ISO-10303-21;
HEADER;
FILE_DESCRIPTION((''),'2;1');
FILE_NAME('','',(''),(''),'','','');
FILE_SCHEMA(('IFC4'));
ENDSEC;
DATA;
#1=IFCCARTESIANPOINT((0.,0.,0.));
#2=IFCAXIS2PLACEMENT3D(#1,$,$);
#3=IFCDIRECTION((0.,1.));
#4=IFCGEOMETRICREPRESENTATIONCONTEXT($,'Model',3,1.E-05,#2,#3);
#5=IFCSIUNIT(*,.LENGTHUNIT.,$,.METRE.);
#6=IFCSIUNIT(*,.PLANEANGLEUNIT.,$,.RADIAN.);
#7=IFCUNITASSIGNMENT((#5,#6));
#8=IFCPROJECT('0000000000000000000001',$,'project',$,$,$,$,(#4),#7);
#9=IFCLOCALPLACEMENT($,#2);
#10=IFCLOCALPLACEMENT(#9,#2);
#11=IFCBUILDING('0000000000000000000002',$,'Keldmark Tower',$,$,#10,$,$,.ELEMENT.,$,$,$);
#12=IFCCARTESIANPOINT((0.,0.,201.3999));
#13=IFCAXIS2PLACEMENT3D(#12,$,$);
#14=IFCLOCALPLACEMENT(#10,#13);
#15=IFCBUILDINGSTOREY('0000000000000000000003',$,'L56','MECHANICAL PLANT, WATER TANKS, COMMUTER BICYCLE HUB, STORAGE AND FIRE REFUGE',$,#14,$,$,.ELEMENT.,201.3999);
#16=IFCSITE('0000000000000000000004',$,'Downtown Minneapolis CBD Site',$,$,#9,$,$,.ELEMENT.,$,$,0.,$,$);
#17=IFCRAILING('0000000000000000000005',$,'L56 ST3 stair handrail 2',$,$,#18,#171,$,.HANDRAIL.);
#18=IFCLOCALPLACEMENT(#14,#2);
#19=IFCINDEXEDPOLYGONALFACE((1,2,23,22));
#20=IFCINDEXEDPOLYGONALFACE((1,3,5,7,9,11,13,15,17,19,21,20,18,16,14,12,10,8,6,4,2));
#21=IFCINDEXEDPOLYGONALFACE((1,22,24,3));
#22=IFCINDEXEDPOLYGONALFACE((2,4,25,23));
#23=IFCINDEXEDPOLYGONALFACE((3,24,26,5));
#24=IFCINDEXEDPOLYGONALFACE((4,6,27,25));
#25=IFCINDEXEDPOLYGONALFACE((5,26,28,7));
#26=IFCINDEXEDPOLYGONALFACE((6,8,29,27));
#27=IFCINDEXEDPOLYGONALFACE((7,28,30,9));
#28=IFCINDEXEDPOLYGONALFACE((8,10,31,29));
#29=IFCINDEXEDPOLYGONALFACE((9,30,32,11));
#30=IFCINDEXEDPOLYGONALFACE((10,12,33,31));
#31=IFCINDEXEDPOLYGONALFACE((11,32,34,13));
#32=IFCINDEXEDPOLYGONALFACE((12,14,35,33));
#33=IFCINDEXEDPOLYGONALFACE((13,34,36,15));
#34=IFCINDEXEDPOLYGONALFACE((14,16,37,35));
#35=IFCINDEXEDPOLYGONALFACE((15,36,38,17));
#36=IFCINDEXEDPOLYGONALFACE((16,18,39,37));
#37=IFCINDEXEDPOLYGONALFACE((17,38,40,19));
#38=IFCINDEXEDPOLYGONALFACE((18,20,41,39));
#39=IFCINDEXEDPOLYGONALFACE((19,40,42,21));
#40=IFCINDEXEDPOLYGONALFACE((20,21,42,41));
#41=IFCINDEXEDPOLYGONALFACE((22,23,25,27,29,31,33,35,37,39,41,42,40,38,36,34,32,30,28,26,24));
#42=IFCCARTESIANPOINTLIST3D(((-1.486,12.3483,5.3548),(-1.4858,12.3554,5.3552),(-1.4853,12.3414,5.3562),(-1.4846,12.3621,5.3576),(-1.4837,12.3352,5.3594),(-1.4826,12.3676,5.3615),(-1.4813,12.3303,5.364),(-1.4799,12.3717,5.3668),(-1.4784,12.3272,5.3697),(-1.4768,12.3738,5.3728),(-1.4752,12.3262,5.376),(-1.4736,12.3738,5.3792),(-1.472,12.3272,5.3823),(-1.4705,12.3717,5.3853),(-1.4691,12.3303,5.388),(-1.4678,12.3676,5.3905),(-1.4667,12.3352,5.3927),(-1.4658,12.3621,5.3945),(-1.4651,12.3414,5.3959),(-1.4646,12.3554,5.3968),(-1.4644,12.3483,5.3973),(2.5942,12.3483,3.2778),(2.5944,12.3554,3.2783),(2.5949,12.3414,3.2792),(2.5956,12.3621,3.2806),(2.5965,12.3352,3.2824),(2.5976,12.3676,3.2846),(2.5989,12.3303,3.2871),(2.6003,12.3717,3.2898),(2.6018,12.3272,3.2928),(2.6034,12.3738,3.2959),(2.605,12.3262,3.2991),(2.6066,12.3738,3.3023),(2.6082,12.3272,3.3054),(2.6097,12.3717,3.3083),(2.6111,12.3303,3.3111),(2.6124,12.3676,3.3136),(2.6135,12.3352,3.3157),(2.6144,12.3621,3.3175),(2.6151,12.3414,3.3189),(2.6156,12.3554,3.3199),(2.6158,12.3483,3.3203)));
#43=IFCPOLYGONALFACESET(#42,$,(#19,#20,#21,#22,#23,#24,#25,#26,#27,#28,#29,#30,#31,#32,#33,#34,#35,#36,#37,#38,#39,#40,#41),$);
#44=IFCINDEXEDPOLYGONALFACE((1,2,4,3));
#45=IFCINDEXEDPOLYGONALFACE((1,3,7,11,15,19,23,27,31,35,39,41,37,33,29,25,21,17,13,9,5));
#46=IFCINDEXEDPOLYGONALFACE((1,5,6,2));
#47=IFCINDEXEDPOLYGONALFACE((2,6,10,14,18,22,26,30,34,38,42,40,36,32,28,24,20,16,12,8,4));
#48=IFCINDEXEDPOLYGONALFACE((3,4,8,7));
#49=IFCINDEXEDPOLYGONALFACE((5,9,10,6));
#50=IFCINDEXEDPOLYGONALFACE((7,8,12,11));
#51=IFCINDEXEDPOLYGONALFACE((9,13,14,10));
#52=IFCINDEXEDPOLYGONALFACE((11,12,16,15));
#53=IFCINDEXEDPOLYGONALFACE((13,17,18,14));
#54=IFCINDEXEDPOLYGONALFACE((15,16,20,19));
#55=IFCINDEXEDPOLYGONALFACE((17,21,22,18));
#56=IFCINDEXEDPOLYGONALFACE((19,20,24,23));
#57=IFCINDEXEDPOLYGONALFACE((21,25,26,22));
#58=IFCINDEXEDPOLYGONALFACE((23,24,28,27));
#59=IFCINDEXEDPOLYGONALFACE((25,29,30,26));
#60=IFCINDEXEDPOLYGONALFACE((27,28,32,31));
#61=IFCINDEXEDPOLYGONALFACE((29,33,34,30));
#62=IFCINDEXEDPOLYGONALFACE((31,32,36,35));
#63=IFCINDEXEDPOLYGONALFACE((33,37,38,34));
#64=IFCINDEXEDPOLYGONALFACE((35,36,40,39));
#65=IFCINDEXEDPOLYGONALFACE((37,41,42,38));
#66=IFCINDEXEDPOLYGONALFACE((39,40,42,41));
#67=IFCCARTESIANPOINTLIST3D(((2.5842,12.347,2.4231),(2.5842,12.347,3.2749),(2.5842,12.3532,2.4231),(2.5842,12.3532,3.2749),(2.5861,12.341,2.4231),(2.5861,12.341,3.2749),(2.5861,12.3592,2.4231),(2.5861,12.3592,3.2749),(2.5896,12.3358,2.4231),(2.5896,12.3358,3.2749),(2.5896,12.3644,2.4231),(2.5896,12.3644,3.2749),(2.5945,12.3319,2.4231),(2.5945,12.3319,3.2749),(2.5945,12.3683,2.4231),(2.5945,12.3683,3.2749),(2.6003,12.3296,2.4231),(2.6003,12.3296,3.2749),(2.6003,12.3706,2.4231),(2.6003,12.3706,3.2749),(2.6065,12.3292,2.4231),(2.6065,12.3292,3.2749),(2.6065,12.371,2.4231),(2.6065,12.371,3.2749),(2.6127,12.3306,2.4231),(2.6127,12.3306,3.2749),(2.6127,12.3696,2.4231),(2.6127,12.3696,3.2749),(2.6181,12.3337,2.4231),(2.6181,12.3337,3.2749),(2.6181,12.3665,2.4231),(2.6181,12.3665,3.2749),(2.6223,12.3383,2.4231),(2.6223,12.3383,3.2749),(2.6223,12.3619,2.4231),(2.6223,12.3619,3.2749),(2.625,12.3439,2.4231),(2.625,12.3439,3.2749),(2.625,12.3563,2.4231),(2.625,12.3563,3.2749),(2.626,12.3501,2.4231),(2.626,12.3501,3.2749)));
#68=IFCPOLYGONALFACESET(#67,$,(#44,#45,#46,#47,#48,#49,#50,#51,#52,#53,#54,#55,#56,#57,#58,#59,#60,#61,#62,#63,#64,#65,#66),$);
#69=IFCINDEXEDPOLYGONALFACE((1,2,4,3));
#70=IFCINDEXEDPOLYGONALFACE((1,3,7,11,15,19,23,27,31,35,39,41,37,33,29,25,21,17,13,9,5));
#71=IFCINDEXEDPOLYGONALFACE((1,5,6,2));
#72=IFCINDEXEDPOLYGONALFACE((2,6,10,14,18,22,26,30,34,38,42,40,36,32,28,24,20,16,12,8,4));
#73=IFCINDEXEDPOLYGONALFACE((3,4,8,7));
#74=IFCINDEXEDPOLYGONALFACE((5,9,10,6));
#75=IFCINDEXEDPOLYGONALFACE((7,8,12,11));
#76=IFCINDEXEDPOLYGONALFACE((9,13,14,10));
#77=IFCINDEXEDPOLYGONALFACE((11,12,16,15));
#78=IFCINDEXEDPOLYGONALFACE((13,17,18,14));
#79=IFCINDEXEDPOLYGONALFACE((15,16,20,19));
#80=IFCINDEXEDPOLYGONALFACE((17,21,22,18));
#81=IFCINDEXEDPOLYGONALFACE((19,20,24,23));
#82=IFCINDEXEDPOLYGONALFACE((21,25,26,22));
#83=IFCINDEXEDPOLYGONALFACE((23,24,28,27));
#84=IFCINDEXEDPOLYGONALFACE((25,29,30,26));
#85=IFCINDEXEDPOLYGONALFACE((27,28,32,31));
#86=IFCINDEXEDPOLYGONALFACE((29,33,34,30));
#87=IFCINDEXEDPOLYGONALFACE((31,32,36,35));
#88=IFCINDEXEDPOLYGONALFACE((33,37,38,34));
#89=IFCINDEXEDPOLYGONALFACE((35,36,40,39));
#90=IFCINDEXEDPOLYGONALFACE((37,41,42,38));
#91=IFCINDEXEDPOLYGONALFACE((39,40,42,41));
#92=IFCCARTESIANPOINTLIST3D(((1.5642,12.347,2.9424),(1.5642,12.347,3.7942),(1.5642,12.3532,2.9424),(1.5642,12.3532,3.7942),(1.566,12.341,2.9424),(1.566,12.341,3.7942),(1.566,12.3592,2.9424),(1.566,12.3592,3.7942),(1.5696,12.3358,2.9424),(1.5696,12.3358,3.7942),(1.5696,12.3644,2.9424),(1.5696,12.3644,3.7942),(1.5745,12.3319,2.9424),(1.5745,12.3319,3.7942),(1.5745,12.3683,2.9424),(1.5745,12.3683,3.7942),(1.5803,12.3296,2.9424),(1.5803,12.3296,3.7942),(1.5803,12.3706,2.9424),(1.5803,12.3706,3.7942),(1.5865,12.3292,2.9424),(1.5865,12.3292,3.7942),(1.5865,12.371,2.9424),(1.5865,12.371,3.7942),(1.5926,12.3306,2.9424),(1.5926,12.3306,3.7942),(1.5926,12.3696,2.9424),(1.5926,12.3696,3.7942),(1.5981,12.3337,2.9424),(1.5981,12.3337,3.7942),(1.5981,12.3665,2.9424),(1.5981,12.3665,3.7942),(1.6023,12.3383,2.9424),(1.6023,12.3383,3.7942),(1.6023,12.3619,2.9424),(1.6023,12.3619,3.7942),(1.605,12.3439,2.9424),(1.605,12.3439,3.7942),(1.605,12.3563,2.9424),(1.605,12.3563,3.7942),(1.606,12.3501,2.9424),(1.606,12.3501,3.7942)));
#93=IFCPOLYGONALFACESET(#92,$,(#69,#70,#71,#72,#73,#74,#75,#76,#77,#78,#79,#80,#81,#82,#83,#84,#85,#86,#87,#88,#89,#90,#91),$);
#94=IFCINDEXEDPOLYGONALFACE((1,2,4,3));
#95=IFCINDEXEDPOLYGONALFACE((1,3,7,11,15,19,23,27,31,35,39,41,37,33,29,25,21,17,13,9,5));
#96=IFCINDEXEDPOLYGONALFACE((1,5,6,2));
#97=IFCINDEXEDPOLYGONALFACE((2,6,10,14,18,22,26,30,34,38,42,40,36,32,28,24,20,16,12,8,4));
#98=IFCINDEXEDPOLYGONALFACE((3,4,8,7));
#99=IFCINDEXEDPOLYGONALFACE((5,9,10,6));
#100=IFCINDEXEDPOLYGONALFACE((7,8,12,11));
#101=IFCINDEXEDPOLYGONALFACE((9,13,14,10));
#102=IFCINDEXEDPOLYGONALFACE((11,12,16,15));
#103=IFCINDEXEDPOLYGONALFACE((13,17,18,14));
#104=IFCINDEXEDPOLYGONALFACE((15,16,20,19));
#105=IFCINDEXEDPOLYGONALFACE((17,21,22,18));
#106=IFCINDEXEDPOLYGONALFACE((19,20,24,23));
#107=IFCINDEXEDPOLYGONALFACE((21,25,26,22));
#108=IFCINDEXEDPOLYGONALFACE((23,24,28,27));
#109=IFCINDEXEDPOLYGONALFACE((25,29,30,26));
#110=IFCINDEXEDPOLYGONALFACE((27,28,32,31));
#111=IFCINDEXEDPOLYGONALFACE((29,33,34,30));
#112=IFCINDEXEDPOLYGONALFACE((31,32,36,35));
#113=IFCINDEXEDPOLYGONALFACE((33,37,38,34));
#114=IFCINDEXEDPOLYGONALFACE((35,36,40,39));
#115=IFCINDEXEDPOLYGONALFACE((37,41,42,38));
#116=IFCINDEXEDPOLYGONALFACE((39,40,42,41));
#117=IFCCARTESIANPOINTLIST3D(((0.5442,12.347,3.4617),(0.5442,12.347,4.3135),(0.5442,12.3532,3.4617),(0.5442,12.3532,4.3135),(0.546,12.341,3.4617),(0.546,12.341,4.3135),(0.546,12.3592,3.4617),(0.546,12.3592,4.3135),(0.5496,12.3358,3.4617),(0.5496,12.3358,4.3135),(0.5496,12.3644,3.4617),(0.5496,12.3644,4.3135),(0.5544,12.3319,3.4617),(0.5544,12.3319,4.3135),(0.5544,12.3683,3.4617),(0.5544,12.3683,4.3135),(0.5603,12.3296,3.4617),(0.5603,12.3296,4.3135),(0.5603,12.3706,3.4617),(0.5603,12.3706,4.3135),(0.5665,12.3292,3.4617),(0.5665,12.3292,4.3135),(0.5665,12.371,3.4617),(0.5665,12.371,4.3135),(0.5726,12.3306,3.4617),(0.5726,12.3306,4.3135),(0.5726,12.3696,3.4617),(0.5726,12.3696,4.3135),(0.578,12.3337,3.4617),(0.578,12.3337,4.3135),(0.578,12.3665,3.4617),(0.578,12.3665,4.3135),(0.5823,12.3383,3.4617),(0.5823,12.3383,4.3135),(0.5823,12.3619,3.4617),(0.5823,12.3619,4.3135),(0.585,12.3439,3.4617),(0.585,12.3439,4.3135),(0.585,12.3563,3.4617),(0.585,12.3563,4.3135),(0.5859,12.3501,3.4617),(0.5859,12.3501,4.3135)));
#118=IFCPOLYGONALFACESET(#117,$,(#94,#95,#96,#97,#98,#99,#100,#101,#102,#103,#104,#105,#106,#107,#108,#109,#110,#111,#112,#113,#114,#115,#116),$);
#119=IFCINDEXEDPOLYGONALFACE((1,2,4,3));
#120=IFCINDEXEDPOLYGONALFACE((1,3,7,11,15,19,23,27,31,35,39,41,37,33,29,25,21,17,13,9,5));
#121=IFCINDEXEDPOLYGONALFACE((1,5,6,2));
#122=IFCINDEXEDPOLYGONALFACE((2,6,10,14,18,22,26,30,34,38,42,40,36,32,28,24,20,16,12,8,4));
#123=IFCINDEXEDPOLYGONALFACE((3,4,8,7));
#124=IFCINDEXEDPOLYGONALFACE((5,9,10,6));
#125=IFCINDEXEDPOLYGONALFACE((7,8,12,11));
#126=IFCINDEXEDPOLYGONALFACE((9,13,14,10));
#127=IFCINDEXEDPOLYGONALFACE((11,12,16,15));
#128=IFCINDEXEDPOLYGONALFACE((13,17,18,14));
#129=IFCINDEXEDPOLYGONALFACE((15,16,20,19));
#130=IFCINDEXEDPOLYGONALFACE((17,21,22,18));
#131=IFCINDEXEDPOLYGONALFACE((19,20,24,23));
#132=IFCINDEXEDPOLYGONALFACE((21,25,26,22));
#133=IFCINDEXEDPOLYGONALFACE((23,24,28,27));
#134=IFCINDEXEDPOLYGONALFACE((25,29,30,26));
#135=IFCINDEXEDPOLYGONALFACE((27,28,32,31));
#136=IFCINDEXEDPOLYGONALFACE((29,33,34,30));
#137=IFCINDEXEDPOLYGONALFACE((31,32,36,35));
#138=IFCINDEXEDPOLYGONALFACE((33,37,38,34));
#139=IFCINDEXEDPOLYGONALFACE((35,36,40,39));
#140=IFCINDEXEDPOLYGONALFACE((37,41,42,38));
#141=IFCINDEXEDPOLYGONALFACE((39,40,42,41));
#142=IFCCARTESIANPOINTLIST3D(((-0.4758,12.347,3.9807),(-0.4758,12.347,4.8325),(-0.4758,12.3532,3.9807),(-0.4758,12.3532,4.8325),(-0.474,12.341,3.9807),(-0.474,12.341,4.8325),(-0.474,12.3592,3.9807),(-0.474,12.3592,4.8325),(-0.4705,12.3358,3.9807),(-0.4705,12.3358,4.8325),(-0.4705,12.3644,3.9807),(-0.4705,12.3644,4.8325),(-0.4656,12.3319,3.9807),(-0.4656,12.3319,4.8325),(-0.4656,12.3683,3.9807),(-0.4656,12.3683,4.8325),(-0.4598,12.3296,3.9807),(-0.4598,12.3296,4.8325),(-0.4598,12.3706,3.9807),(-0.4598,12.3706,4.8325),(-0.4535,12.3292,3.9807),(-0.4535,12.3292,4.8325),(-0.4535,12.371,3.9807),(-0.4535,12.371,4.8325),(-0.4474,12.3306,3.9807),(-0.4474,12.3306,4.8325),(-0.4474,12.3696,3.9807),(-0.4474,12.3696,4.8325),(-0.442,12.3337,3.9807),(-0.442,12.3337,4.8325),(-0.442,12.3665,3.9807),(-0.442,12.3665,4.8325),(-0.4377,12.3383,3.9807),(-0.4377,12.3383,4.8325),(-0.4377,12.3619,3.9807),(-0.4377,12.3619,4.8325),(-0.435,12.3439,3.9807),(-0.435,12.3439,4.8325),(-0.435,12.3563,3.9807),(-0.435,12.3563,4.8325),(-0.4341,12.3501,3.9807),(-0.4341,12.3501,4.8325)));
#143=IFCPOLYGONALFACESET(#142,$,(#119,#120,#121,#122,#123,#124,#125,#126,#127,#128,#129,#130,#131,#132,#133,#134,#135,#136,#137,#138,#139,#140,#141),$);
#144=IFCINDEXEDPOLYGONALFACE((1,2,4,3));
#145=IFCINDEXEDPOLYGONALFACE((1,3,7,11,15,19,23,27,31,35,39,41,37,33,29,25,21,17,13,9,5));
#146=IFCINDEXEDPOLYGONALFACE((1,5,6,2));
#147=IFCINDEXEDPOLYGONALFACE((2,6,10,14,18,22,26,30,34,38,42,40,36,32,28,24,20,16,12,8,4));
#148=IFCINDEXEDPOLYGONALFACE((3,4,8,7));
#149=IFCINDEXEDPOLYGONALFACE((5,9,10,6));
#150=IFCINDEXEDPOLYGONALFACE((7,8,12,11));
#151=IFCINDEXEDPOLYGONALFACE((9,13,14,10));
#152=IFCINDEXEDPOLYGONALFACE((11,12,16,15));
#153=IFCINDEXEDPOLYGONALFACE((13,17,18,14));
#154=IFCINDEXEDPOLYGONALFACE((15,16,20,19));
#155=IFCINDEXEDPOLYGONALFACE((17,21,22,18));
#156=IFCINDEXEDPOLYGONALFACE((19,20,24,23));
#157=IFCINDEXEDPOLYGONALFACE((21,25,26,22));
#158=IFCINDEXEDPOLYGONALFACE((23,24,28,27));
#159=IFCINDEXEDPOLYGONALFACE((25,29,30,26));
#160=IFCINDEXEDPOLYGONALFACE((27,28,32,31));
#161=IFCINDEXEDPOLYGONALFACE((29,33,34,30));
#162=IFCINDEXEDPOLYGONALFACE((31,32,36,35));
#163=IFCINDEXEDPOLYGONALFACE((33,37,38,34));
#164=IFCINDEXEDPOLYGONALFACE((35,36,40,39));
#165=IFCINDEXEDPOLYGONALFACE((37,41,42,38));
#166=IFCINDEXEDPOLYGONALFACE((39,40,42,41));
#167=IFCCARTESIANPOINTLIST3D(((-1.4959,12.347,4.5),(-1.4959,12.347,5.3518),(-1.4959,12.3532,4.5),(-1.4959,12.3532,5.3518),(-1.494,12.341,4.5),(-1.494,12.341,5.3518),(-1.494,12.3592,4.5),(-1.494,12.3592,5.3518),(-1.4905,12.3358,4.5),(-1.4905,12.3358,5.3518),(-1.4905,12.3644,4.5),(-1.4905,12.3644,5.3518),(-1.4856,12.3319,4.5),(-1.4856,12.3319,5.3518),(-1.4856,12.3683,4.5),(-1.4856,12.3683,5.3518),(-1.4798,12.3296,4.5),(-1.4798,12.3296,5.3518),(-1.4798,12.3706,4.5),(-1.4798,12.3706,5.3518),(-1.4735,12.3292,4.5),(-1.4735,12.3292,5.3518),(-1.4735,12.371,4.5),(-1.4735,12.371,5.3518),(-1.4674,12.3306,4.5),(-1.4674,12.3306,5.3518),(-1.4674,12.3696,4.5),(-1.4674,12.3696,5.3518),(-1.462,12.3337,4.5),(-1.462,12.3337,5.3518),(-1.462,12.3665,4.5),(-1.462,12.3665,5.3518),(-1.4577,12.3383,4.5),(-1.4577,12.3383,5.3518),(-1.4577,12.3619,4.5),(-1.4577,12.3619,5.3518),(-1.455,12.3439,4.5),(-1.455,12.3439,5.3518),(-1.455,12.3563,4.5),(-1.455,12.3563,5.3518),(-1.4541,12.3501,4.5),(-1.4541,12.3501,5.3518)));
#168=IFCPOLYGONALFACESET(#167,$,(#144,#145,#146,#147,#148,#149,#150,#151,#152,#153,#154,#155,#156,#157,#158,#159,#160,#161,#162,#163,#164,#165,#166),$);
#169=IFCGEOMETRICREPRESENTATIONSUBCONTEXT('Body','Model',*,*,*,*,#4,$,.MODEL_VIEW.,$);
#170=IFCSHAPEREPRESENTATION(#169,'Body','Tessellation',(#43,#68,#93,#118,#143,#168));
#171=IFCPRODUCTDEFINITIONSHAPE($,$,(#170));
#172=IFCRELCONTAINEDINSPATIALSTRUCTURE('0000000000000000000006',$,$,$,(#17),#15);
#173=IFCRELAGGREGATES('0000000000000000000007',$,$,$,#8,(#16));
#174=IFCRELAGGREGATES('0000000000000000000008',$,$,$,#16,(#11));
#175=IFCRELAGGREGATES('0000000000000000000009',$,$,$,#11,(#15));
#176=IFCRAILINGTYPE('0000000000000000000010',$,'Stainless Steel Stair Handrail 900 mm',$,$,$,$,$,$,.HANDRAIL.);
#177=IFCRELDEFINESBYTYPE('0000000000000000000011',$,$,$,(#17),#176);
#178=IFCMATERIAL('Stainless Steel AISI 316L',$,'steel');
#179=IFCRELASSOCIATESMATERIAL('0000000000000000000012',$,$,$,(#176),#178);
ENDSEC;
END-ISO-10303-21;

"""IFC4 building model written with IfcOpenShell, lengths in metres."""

from ifc_helpers import new_model, si_unit, direction, frame, origin, origin_2d, place, context, subcontext, project, spatial, circle, extrude, material, type_object, element, save


model = new_model("IFC4")

# Units and contexts
model_context = context("Model", 3, precision=1e-05, world=origin(), true_north=direction((0.0, 1.0)))
body_context = subcontext(model_context, "Body", "Model", "MODEL_VIEW")
ifc_project = project(units=[si_unit("LENGTHUNIT", "METRE"), si_unit("PLANEANGLEUNIT", "RADIAN")], contexts=[model_context])

# Site, building, storey
site_placement = place(None, origin())
site = spatial("IfcSite", under=ifc_project, at=site_placement, Name="Downtown Minneapolis CBD Site", CompositionType="ELEMENT", RefElevation=0.0)
building_placement = place(site_placement, origin())
building = spatial("IfcBuilding", under=site, at=building_placement, Name="Keldmark Tower", CompositionType="ELEMENT")
storey_placement = place(building_placement, frame((0.0, 0.0, 201.3999)))
storey = spatial("IfcBuildingStorey", under=building, at=storey_placement, Name="L56", Description="MECHANICAL PLANT, WATER TANKS, COMMUTER BICYCLE HUB, STORAGE AND FIRE REFUGE", CompositionType="ELEMENT", Elevation=201.3999)

# Railing
ifc_material_1 = material(Name="Stainless Steel AISI 316L", Category="steel")
railing_type_1 = type_object("IfcRailingType", Name="Stainless Steel Stair Handrail 900 mm", PredefinedType="HANDRAIL", material=ifc_material_1)
railing_1_placement = place(storey_placement, frame((2.605, 12.3501, 2.4231)))
element("IfcRailing", 1, at=railing_1_placement, inside=storey, type_object=railing_type_1, Name="L56 ST3 stair handrail 2", PredefinedType="HANDRAIL", context=body_context, shape_type="SweptSolid", body=[
    extrude(circle(Radius=0.0239, at=origin_2d()), frame((0.0, 0.0, 0.876), z_axis=(-0.891183, 0.0, 0.453644), x_axis=(0.0, -1.0, 0.0)), (0.0, 0.0, 1.0), 4.5784),
    extrude(circle(Radius=0.021, at=origin_2d()), origin(), (0.0, 0.0, 1.0), 0.8518),
    extrude(circle(Radius=0.021, at=origin_2d()), frame((-1.02, 0.0, 0.5193)), (0.0, 0.0, 1.0), 0.8518),
    extrude(circle(Radius=0.021, at=origin_2d()), frame((-2.04, 0.0, 1.0386)), (0.0, 0.0, 1.0), 0.8518),
    extrude(circle(Radius=0.021, at=origin_2d()), frame((-3.0601, 0.0, 1.5576)), (0.0, 0.0, 1.0), 0.8518),
    extrude(circle(Radius=0.021, at=origin_2d()), frame((-4.0801, 0.0, 2.0769)), (0.0, 0.0, 1.0), 0.8518),
])

save(model, "model.ifc")
